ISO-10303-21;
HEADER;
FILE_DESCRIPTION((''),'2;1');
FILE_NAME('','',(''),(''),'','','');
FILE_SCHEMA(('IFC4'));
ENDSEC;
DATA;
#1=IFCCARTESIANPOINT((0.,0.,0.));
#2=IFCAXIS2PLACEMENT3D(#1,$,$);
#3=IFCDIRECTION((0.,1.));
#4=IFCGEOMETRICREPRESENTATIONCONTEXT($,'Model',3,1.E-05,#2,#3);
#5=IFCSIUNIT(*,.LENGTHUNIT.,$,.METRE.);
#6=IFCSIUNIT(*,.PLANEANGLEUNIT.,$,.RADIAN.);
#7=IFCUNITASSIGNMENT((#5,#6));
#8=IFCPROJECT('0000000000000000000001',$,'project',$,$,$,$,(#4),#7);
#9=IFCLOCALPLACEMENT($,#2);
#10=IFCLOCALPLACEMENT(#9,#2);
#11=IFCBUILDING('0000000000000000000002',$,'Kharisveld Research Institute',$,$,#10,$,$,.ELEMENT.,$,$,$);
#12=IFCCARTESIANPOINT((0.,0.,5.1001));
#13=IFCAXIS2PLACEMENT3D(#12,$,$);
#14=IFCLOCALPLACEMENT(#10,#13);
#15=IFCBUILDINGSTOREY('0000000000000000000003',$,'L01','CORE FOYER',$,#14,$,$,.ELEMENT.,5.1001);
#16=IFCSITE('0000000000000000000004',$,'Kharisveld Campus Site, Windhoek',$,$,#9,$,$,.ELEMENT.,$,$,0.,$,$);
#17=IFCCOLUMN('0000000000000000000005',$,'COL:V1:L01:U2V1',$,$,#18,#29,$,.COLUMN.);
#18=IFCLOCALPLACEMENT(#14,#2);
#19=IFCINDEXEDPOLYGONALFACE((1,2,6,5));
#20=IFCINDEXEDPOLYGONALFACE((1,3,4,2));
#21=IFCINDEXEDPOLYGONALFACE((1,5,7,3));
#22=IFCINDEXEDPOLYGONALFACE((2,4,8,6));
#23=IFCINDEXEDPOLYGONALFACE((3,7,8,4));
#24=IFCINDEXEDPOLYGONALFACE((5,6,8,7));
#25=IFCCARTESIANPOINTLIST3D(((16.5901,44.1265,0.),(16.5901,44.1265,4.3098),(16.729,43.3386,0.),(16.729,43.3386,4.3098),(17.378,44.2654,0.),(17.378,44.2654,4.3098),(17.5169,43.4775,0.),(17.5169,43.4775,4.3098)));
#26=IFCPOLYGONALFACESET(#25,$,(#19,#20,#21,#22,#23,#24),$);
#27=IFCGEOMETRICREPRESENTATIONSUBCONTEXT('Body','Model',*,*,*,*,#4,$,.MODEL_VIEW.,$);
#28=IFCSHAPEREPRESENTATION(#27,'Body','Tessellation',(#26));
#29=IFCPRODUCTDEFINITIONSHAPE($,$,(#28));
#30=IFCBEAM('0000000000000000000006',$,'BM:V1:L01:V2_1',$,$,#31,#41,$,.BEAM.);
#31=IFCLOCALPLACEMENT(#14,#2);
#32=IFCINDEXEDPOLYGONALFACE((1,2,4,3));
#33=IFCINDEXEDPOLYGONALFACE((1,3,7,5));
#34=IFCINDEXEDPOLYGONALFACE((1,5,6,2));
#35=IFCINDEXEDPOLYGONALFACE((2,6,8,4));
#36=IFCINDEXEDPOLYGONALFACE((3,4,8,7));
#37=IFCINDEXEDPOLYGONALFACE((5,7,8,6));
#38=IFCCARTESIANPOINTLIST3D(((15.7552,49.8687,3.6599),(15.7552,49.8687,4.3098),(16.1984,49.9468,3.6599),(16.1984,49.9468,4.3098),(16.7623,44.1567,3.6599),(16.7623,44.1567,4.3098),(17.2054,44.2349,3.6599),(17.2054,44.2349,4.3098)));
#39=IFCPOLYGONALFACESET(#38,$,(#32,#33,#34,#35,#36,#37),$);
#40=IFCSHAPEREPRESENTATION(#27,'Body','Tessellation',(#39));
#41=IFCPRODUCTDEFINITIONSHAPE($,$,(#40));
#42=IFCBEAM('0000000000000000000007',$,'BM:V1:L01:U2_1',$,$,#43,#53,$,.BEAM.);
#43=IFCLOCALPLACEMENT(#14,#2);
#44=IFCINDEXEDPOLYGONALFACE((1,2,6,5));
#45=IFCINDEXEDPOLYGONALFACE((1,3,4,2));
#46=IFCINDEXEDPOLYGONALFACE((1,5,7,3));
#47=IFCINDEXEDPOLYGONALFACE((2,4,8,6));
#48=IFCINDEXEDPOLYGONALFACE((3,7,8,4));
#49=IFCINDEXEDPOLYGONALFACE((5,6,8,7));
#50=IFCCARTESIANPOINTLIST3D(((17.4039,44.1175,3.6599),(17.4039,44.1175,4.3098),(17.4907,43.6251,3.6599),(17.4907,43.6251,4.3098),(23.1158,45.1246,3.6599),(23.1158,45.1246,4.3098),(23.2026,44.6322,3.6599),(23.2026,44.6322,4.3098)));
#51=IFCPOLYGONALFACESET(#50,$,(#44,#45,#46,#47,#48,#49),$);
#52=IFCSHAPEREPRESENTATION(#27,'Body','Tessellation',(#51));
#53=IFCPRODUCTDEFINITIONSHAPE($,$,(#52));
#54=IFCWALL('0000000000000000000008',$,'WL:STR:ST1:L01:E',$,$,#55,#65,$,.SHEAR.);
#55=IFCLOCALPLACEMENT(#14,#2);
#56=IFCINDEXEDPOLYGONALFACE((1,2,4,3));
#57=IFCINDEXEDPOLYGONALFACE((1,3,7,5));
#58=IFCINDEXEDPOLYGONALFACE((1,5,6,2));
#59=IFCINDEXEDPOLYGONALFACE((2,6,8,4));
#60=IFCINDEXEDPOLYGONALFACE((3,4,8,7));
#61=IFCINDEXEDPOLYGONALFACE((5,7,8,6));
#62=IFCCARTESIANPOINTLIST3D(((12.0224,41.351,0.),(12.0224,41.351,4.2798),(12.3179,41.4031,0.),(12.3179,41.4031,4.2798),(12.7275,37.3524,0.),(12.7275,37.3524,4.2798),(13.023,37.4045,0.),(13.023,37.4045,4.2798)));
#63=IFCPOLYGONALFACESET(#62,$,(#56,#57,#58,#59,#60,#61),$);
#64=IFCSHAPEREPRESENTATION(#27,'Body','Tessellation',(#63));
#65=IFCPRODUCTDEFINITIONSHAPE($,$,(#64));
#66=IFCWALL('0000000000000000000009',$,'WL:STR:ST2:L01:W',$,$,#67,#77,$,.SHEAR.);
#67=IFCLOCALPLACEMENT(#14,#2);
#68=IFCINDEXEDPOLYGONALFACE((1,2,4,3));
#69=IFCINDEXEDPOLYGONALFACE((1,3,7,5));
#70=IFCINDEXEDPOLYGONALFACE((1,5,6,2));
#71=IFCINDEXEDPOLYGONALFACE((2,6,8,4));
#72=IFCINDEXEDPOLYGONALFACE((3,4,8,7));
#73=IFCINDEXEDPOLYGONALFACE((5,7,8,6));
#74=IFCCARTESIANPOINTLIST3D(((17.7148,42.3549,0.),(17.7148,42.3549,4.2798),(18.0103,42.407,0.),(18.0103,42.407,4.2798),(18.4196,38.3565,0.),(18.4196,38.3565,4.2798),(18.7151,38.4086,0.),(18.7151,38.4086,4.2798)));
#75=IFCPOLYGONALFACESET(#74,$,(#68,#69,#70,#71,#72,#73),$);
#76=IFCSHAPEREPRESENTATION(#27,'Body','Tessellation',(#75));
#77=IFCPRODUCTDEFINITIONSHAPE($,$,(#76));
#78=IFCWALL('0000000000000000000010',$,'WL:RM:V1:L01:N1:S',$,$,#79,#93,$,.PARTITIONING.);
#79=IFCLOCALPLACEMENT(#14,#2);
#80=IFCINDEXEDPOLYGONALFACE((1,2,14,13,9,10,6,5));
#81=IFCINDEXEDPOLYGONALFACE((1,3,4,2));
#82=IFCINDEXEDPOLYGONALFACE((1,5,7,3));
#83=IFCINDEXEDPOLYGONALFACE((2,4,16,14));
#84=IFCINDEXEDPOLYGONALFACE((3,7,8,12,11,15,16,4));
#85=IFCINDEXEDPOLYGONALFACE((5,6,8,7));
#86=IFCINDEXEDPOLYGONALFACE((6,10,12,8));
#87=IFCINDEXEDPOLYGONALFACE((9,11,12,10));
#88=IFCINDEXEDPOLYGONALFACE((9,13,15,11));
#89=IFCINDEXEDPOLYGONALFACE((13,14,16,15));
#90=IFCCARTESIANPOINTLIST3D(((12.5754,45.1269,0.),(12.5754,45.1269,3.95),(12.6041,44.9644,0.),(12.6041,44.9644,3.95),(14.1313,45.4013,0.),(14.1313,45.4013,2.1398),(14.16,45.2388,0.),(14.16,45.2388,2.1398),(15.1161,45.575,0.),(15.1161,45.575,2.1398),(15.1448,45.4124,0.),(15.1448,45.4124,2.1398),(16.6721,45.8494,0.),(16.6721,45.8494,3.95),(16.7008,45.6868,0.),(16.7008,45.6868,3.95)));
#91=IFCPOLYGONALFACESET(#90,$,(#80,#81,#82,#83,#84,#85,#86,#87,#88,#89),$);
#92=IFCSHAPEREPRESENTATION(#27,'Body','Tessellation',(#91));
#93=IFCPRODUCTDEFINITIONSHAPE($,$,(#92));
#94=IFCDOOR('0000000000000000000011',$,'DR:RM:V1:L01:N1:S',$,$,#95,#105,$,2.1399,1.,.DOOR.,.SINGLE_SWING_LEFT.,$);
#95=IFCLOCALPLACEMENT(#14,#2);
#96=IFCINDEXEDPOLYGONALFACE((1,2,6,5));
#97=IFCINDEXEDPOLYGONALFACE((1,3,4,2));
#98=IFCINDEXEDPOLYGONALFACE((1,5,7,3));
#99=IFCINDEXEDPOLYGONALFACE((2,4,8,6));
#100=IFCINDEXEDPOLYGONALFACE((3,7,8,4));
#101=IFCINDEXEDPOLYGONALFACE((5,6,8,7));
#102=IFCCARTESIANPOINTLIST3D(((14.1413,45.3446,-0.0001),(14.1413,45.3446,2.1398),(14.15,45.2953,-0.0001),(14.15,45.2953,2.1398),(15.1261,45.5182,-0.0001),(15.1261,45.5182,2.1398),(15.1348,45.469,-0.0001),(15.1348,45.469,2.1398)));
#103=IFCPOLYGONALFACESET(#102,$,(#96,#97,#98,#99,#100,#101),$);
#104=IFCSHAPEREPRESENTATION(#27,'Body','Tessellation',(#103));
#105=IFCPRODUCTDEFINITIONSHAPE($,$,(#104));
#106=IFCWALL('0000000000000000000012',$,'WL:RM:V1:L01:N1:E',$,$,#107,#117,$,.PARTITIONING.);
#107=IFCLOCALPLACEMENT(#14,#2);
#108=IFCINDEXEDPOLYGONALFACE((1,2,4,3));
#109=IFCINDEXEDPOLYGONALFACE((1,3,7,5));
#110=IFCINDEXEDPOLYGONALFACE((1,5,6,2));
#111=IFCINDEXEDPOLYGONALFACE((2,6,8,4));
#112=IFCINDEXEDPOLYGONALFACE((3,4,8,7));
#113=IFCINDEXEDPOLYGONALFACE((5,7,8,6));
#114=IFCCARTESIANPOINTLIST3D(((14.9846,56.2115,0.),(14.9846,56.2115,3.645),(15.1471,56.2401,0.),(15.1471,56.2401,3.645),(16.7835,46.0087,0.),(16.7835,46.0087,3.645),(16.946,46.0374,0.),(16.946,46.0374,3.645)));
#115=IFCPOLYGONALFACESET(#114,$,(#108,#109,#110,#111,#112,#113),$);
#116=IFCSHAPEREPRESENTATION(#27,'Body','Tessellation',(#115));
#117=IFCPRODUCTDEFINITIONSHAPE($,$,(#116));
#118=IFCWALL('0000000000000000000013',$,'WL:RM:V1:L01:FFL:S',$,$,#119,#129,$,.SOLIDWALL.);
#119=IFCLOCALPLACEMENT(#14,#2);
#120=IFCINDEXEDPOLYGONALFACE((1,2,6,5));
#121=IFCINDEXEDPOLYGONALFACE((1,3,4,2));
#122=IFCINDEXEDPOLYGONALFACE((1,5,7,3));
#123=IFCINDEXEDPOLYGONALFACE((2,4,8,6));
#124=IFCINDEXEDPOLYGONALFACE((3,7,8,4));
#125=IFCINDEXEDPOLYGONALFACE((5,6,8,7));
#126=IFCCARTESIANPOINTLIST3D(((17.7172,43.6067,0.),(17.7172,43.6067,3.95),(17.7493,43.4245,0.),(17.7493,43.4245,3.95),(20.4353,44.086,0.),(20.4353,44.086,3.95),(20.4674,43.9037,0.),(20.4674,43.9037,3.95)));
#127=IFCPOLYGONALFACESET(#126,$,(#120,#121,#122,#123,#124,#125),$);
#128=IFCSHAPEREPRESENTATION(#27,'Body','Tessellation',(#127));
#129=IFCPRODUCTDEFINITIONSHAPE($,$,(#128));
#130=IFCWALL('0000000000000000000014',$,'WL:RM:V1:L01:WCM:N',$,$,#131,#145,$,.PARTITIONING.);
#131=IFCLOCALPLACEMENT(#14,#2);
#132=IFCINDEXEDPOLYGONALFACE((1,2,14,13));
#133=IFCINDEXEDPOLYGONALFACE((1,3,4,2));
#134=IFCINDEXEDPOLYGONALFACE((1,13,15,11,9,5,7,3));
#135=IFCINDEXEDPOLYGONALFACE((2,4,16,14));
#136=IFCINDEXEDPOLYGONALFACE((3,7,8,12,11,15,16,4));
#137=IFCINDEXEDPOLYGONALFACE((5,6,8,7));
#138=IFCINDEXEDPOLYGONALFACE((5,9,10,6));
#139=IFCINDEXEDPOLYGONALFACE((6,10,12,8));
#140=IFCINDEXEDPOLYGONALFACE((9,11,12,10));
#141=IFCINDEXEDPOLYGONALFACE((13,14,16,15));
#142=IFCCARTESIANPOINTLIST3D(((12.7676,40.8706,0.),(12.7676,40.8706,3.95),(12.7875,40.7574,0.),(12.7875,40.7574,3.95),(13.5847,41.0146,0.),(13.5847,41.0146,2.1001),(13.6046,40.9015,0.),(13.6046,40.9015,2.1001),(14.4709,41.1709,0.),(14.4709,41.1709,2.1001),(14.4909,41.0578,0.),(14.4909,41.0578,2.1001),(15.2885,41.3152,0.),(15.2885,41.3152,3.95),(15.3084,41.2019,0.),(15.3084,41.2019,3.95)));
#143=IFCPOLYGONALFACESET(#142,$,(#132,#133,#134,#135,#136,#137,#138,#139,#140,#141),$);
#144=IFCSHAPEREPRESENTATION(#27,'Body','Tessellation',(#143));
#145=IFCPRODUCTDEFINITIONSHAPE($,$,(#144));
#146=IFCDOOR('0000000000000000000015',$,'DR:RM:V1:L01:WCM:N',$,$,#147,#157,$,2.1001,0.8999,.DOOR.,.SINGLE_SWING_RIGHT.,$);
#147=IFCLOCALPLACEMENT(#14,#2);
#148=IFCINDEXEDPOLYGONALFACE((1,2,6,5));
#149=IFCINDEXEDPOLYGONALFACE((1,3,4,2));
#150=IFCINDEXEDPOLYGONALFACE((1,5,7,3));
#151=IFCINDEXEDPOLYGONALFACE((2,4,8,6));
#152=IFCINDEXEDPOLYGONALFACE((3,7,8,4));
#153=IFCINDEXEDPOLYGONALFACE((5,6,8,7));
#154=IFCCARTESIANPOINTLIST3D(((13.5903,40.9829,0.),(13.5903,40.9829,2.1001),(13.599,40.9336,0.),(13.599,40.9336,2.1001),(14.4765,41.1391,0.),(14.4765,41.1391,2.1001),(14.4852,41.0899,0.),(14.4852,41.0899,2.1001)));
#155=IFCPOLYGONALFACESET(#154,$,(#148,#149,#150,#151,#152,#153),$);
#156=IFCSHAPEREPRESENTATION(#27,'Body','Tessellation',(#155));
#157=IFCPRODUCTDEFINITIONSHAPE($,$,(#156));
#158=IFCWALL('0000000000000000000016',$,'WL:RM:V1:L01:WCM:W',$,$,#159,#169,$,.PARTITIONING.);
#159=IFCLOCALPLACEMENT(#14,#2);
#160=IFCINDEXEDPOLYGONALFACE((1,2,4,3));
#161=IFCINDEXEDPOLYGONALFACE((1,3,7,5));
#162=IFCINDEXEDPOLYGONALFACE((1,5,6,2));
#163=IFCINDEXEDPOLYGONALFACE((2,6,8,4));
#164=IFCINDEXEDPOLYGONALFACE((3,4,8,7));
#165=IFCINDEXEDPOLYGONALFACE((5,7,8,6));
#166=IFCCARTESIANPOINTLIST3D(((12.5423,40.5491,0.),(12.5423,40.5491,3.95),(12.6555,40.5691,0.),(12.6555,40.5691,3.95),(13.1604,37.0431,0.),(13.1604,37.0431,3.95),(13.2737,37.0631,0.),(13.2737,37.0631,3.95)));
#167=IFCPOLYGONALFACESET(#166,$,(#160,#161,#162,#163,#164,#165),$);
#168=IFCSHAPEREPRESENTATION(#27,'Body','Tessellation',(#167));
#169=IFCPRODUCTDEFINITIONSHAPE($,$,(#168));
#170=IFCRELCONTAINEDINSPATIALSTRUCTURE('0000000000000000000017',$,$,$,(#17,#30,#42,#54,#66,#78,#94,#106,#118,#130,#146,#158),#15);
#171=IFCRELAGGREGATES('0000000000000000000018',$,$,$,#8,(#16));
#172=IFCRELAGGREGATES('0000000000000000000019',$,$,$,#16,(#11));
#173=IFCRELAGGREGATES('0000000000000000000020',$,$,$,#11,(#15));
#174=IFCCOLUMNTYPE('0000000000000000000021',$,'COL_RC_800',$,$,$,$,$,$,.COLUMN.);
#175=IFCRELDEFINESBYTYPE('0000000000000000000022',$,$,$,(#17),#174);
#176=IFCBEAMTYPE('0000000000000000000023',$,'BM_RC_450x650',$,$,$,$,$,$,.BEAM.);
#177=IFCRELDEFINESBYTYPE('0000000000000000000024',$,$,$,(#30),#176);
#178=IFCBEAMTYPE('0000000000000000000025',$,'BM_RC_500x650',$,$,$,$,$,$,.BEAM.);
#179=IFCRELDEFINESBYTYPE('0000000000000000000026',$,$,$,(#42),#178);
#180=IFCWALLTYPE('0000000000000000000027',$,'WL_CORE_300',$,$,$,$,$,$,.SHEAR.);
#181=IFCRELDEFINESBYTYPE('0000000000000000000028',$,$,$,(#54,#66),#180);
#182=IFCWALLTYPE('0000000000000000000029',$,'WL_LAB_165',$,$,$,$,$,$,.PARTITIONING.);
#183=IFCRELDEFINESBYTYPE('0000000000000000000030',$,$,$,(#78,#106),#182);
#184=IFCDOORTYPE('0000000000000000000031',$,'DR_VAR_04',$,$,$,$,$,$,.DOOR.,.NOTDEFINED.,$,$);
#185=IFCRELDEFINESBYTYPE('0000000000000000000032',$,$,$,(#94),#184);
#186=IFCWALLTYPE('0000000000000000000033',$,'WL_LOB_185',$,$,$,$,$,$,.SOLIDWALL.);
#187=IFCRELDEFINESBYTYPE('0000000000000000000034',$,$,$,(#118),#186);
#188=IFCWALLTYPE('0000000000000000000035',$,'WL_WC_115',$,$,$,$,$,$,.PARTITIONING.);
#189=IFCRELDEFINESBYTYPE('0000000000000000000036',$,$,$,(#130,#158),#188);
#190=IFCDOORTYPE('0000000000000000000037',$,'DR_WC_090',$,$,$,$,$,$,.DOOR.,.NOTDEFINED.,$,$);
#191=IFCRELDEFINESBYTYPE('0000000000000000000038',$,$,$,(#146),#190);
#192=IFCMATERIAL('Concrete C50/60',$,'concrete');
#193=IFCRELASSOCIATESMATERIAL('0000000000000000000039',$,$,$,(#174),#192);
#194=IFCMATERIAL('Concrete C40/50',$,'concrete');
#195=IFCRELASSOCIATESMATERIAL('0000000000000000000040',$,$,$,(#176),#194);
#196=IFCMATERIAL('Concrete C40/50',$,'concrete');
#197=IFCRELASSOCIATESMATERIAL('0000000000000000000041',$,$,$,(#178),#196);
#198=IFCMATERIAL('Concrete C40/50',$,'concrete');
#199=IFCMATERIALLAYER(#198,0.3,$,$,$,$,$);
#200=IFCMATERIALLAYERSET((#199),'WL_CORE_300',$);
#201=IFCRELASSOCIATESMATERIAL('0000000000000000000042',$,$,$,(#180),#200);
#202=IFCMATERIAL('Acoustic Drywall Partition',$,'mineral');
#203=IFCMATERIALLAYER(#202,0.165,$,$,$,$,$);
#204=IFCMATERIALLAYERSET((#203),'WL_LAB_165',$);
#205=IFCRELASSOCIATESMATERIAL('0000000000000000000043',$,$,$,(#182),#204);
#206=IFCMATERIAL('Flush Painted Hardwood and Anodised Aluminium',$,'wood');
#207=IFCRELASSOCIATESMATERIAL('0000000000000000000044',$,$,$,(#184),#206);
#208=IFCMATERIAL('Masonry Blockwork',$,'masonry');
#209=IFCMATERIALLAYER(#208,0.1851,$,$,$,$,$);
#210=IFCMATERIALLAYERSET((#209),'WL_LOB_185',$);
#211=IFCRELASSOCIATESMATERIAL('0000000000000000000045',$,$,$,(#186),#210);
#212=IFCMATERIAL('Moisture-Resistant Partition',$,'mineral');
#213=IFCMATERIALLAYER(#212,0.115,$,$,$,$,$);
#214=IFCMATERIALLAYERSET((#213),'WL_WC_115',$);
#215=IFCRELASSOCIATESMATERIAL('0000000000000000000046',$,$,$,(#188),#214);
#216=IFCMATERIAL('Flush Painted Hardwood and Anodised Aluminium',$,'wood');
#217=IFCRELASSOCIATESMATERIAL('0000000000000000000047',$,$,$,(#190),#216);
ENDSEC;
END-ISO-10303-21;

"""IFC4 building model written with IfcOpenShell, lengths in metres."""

from ifc_helpers import new_model, si_unit, direction, frame, frame_2d, origin, origin_2d, place, context, subcontext, project, spatial, rectangle, extrude, material, layer, layer_set, material_profile, profile_set, type_object, element, fill, save


model = new_model("IFC4")

# Units and contexts
model_context = context("Model", 3, precision=1e-05, world=origin(), true_north=direction((0.0, 1.0)))
body_context = subcontext(model_context, "Body", "Model", "MODEL_VIEW")
ifc_project = project(units=[si_unit("LENGTHUNIT", "METRE"), si_unit("PLANEANGLEUNIT", "RADIAN")], contexts=[model_context])

# Site, building, storey
site_placement = place(None, origin())
site = spatial("IfcSite", under=ifc_project, at=site_placement, Name="Kharisveld Campus Site, Windhoek", CompositionType="ELEMENT", RefElevation=0.0)
building_placement = place(site_placement, origin())
building = spatial("IfcBuilding", under=site, at=building_placement, Name="Kharisveld Research Institute", CompositionType="ELEMENT")
storey_placement = place(building_placement, frame((0.0, 0.0, 5.1001)))
storey = spatial("IfcBuildingStorey", under=building, at=storey_placement, Name="L01", Description="CORE FOYER", CompositionType="ELEMENT", Elevation=5.1001)

# Column
ifc_material_1 = material(Name="Concrete C50/60", Category="concrete")
ifc_material_profile_1 = material_profile(ifc_material_1, rectangle(XDim=0.8, YDim=0.8, at=origin_2d()))
ifc_profile_set_1 = profile_set([ifc_material_profile_1], Name="Concrete C50/60")
column_type = type_object("IfcColumnType", Name="COL_RC_800", PredefinedType="COLUMN", material=ifc_profile_set_1)
column_placement = place(storey_placement, frame((17.0535, 43.802, 0.0), z_axis=(0.0, 0.0, 1.0), x_axis=(0.984808, 0.173648, 0.0)))
element("IfcColumn", 1, at=column_placement, inside=storey, type_object=column_type, Name="COL:V1:L01:U2V1", PredefinedType="COLUMN", context=body_context, shape_type="SweptSolid", body=[
    extrude(rectangle(XDim=0.8, YDim=0.8, at=origin_2d()), origin(), (0.0, 0.0, 1.0), 4.3098),
])

# Beams
ifc_material_2 = material(Name="Concrete C40/50", Category="concrete")
ifc_material_profile_2 = material_profile(ifc_material_2, rectangle(XDim=0.45, YDim=0.6499, at=origin_2d()))
ifc_profile_set_2 = profile_set([ifc_material_profile_2], Name="Concrete C40/50")
beam_type_1 = type_object("IfcBeamType", Name="BM_RC_450x650", PredefinedType="BEAM", material=ifc_profile_set_2)
beam_1_placement = place(storey_placement, frame((16.9839, 44.1958, 3.9849), z_axis=(-0.173634, 0.98481, 0.0), x_axis=(-0.98481, -0.173634, 0.0)))
element("IfcBeam", 2, at=beam_1_placement, inside=storey, type_object=beam_type_1, Name="BM:V1:L01:V2_1", PredefinedType="BEAM", context=body_context, shape_type="SweptSolid", body=[
    extrude(rectangle(XDim=0.45, YDim=0.6499, at=origin_2d()), origin(), (0.0, 0.0, 1.0), 5.8),
])
ifc_material_3 = material(Name="Concrete C40/50", Category="concrete")
ifc_material_profile_3 = material_profile(ifc_material_3, rectangle(XDim=0.5, YDim=0.6499, at=origin_2d()))
ifc_profile_set_3 = profile_set([ifc_material_profile_3], Name="Concrete C40/50")
beam_type_2 = type_object("IfcBeamType", Name="BM_RC_500x650", PredefinedType="BEAM", material=ifc_profile_set_3)
beam_2_placement = place(storey_placement, frame((17.4473, 43.8713, 3.9849), z_axis=(0.98481, 0.173634, 0.0), x_axis=(-0.173634, 0.98481, 0.0)))
element("IfcBeam", 3, at=beam_2_placement, inside=storey, type_object=beam_type_2, Name="BM:V1:L01:U2_1", PredefinedType="BEAM", context=body_context, shape_type="SweptSolid", body=[
    extrude(rectangle(XDim=0.5, YDim=0.6499, at=origin_2d()), origin(), (0.0, 0.0, 1.0), 5.8),
])

# Walls
ifc_material_4 = material(Name="Concrete C40/50", Category="concrete")
ifc_layer_1 = layer(ifc_material_4, 0.3)
ifc_layer_set_1 = layer_set([ifc_layer_1], Name="WL_CORE_300")
wall_type_1 = type_object("IfcWallType", Name="WL_CORE_300", PredefinedType="SHEAR", material=ifc_layer_set_1)
wall_1_placement = place(storey_placement, frame((12.1702, 41.3772, 0.0), z_axis=(0.0, 0.0, 1.0), x_axis=(0.173655, -0.984807, 0.0)))
element("IfcWall", 4, at=wall_1_placement, inside=storey, type_object=wall_type_1, Name="WL:STR:ST1:L01:E", PredefinedType="SHEAR", context=body_context, shape_type="SweptSolid", body=[
    extrude(rectangle(XDim=4.0603, YDim=0.3, at=frame_2d((2.0303, 0.0))), origin(), (0.0, 0.0, 1.0), 4.2798),
])
wall_2_placement = place(storey_placement, frame((18.5674, 38.3826, 0.0), z_axis=(0.0, 0.0, 1.0), x_axis=(-0.173607, 0.984815, 0.0)))
element("IfcWall", 5, at=wall_2_placement, inside=storey, type_object=wall_type_1, Name="WL:STR:ST2:L01:W", PredefinedType="SHEAR", context=body_context, shape_type="SweptSolid", body=[
    extrude(rectangle(XDim=4.0601, YDim=0.3, at=frame_2d((2.03, 0.0))), origin(), (0.0, 0.0, 1.0), 4.2798),
])

# Wall, opening, door
ifc_material_5 = material(Name="Acoustic Drywall Partition", Category="mineral")
ifc_layer_2 = layer(ifc_material_5, 0.165)
ifc_layer_set_2 = layer_set([ifc_layer_2], Name="WL_LAB_165")
wall_type_2 = type_object("IfcWallType", Name="WL_LAB_165", PredefinedType="PARTITIONING", material=ifc_layer_set_2)
wall_3_placement = place(storey_placement, frame((12.5896, 45.0457, 0.0), z_axis=(0.0, 0.0, 1.0), x_axis=(0.984805, 0.173661, 0.0)))
wall_3 = element("IfcWall", 6, at=wall_3_placement, inside=storey, type_object=wall_type_2, Name="WL:RM:V1:L01:N1:S", PredefinedType="PARTITIONING", context=body_context, shape_type="SweptSolid", body=[
    extrude(rectangle(XDim=4.1599, YDim=0.165, at=frame_2d((2.0801, 0.0))), origin(), (0.0, 0.0, 1.0), 3.95),
])
opening_1_placement = place(wall_3_placement, frame((1.5801, 0.0, 0.0)))
opening_1 = element("IfcOpeningElement", 7, at=opening_1_placement, cuts=wall_3, PredefinedType="OPENING", context=body_context, shape_type="SweptSolid", body=[
    extrude(rectangle(XDim=1.0, YDim=2.1399, at=frame_2d((0.5, 1.0698))), frame((0.0, 0.0825, 0.0), z_axis=(0.0, -1.0, 0.0), x_axis=(1.0, 0.0, 0.0)), (0.0, 0.0, 1.0), 0.165),
])
ifc_material_6 = material(Name="Flush Painted Hardwood and Anodised Aluminium", Category="wood")
door_type_1 = type_object("IfcDoorType", Name="DR_VAR_04", OperationType="NOTDEFINED", PredefinedType="DOOR", material=ifc_material_6)
door_1_placement = place(opening_1_placement, origin())
door_1 = element("IfcDoor", 8, at=door_1_placement, inside=storey, type_object=door_type_1, Name="DR:RM:V1:L01:N1:S", OperationType="SINGLE_SWING_LEFT", OverallHeight=2.1399, OverallWidth=1.0, PredefinedType="DOOR", context=body_context, shape_type="SweptSolid", body=[
    extrude(rectangle(XDim=1.0, YDim=2.1399, at=frame_2d((0.5, 1.0698))), frame((0.0, 0.0249, 0.0), z_axis=(0.0, -1.0, 0.0), x_axis=(1.0, 0.0, 0.0)), (0.0, 0.0, 1.0), 0.05),
])
fill(opening_1, door_1)

# Walls
wall_4_placement = place(storey_placement, frame((16.8647, 46.0229, 0.0), z_axis=(0.0, 0.0, 1.0), x_axis=(-0.173632, 0.984811, 0.0)))
element("IfcWall", 9, at=wall_4_placement, inside=storey, type_object=wall_type_2, Name="WL:RM:V1:L01:N1:E", PredefinedType="PARTITIONING", context=body_context, shape_type="SweptSolid", body=[
    extrude(rectangle(XDim=10.3601, YDim=0.165, at=frame_2d((5.1802, 0.0))), origin(), (0.0, 0.0, 1.0), 3.645),
])
ifc_material_7 = material(Name="Masonry Blockwork", Category="masonry")
ifc_layer_3 = layer(ifc_material_7, 0.1851)
ifc_layer_set_3 = layer_set([ifc_layer_3], Name="WL_LOB_185")
wall_type_3 = type_object("IfcWallType", Name="WL_LOB_185", PredefinedType="SOLIDWALL", material=ifc_layer_set_3)
wall_5_placement = place(storey_placement, frame((17.7334, 43.5156, 0.0), z_axis=(0.0, 0.0, 1.0), x_axis=(0.984808, 0.173644, 0.0)))
element("IfcWall", 10, at=wall_5_placement, inside=storey, type_object=wall_type_3, Name="WL:RM:V1:L01:FFL:S", PredefinedType="SOLIDWALL", context=body_context, shape_type="SweptSolid", body=[
    extrude(rectangle(XDim=2.76, YDim=0.1851, at=frame_2d((1.3799, 0.0))), origin(), (0.0, 0.0, 1.0), 3.95),
])

# Wall, opening, door
ifc_material_8 = material(Name="Moisture-Resistant Partition", Category="mineral")
ifc_layer_4 = layer(ifc_material_8, 0.115)
ifc_layer_set_4 = layer_set([ifc_layer_4], Name="WL_WC_115")
wall_type_4 = type_object("IfcWallType", Name="WL_WC_115", PredefinedType="PARTITIONING", material=ifc_layer_set_4)
wall_6_placement = place(storey_placement, frame((15.2983, 41.2585, 0.0), z_axis=(0.0, 0.0, 1.0), x_axis=(-0.984804, -0.173671, 0.0)))
wall_6 = element("IfcWall", 11, at=wall_6_placement, inside=storey, type_object=wall_type_4, Name="WL:RM:V1:L01:WCM:N", PredefinedType="PARTITIONING", context=body_context, shape_type="SweptSolid", body=[
    extrude(rectangle(XDim=2.5598, YDim=0.115, at=frame_2d((1.2798, 0.0))), origin(), (0.0, 0.0, 1.0), 3.95),
])
opening_2_placement = place(wall_6_placement, frame((0.8301, 0.0, 0.0)))
opening_2 = element("IfcOpeningElement", 12, at=opening_2_placement, cuts=wall_6, PredefinedType="OPENING", context=body_context, shape_type="SweptSolid", body=[
    extrude(rectangle(XDim=0.8999, YDim=2.1001, at=frame_2d((0.45, 1.05))), frame((0.0, 0.0576, 0.0), z_axis=(0.0, -1.0, 0.0), x_axis=(1.0, 0.0, 0.0)), (0.0, 0.0, 1.0), 0.115),
])
ifc_material_9 = material(Name="Flush Painted Hardwood and Anodised Aluminium", Category="wood")
door_type_2 = type_object("IfcDoorType", Name="DR_WC_090", OperationType="NOTDEFINED", PredefinedType="DOOR", material=ifc_material_9)
door_2_placement = place(opening_2_placement, origin())
door_2 = element("IfcDoor", 13, at=door_2_placement, inside=storey, type_object=door_type_2, Name="DR:RM:V1:L01:WCM:N", OperationType="SINGLE_SWING_RIGHT", OverallHeight=2.1001, OverallWidth=0.8999, PredefinedType="DOOR", context=body_context, shape_type="SweptSolid", body=[
    extrude(rectangle(XDim=0.8999, YDim=2.1001, at=frame_2d((0.45, 1.05))), frame((0.0, 0.0249, 0.0), z_axis=(0.0, -1.0, 0.0), x_axis=(1.0, 0.0, 0.0)), (0.0, 0.0, 1.0), 0.05),
])
fill(opening_2, door_2)

# Wall
wall_7_placement = place(storey_placement, frame((12.5989, 40.5591, 0.0), z_axis=(0.0, 0.0, 1.0), x_axis=(0.173644, -0.984808, 0.0)))
element("IfcWall", 14, at=wall_7_placement, inside=storey, type_object=wall_type_4, Name="WL:RM:V1:L01:WCM:W", PredefinedType="PARTITIONING", context=body_context, shape_type="SweptSolid", body=[
    extrude(rectangle(XDim=3.5601, YDim=0.115, at=frame_2d((1.78, 0.0))), origin(), (0.0, 0.0, 1.0), 3.95),
])

save(model, "model.ifc")
